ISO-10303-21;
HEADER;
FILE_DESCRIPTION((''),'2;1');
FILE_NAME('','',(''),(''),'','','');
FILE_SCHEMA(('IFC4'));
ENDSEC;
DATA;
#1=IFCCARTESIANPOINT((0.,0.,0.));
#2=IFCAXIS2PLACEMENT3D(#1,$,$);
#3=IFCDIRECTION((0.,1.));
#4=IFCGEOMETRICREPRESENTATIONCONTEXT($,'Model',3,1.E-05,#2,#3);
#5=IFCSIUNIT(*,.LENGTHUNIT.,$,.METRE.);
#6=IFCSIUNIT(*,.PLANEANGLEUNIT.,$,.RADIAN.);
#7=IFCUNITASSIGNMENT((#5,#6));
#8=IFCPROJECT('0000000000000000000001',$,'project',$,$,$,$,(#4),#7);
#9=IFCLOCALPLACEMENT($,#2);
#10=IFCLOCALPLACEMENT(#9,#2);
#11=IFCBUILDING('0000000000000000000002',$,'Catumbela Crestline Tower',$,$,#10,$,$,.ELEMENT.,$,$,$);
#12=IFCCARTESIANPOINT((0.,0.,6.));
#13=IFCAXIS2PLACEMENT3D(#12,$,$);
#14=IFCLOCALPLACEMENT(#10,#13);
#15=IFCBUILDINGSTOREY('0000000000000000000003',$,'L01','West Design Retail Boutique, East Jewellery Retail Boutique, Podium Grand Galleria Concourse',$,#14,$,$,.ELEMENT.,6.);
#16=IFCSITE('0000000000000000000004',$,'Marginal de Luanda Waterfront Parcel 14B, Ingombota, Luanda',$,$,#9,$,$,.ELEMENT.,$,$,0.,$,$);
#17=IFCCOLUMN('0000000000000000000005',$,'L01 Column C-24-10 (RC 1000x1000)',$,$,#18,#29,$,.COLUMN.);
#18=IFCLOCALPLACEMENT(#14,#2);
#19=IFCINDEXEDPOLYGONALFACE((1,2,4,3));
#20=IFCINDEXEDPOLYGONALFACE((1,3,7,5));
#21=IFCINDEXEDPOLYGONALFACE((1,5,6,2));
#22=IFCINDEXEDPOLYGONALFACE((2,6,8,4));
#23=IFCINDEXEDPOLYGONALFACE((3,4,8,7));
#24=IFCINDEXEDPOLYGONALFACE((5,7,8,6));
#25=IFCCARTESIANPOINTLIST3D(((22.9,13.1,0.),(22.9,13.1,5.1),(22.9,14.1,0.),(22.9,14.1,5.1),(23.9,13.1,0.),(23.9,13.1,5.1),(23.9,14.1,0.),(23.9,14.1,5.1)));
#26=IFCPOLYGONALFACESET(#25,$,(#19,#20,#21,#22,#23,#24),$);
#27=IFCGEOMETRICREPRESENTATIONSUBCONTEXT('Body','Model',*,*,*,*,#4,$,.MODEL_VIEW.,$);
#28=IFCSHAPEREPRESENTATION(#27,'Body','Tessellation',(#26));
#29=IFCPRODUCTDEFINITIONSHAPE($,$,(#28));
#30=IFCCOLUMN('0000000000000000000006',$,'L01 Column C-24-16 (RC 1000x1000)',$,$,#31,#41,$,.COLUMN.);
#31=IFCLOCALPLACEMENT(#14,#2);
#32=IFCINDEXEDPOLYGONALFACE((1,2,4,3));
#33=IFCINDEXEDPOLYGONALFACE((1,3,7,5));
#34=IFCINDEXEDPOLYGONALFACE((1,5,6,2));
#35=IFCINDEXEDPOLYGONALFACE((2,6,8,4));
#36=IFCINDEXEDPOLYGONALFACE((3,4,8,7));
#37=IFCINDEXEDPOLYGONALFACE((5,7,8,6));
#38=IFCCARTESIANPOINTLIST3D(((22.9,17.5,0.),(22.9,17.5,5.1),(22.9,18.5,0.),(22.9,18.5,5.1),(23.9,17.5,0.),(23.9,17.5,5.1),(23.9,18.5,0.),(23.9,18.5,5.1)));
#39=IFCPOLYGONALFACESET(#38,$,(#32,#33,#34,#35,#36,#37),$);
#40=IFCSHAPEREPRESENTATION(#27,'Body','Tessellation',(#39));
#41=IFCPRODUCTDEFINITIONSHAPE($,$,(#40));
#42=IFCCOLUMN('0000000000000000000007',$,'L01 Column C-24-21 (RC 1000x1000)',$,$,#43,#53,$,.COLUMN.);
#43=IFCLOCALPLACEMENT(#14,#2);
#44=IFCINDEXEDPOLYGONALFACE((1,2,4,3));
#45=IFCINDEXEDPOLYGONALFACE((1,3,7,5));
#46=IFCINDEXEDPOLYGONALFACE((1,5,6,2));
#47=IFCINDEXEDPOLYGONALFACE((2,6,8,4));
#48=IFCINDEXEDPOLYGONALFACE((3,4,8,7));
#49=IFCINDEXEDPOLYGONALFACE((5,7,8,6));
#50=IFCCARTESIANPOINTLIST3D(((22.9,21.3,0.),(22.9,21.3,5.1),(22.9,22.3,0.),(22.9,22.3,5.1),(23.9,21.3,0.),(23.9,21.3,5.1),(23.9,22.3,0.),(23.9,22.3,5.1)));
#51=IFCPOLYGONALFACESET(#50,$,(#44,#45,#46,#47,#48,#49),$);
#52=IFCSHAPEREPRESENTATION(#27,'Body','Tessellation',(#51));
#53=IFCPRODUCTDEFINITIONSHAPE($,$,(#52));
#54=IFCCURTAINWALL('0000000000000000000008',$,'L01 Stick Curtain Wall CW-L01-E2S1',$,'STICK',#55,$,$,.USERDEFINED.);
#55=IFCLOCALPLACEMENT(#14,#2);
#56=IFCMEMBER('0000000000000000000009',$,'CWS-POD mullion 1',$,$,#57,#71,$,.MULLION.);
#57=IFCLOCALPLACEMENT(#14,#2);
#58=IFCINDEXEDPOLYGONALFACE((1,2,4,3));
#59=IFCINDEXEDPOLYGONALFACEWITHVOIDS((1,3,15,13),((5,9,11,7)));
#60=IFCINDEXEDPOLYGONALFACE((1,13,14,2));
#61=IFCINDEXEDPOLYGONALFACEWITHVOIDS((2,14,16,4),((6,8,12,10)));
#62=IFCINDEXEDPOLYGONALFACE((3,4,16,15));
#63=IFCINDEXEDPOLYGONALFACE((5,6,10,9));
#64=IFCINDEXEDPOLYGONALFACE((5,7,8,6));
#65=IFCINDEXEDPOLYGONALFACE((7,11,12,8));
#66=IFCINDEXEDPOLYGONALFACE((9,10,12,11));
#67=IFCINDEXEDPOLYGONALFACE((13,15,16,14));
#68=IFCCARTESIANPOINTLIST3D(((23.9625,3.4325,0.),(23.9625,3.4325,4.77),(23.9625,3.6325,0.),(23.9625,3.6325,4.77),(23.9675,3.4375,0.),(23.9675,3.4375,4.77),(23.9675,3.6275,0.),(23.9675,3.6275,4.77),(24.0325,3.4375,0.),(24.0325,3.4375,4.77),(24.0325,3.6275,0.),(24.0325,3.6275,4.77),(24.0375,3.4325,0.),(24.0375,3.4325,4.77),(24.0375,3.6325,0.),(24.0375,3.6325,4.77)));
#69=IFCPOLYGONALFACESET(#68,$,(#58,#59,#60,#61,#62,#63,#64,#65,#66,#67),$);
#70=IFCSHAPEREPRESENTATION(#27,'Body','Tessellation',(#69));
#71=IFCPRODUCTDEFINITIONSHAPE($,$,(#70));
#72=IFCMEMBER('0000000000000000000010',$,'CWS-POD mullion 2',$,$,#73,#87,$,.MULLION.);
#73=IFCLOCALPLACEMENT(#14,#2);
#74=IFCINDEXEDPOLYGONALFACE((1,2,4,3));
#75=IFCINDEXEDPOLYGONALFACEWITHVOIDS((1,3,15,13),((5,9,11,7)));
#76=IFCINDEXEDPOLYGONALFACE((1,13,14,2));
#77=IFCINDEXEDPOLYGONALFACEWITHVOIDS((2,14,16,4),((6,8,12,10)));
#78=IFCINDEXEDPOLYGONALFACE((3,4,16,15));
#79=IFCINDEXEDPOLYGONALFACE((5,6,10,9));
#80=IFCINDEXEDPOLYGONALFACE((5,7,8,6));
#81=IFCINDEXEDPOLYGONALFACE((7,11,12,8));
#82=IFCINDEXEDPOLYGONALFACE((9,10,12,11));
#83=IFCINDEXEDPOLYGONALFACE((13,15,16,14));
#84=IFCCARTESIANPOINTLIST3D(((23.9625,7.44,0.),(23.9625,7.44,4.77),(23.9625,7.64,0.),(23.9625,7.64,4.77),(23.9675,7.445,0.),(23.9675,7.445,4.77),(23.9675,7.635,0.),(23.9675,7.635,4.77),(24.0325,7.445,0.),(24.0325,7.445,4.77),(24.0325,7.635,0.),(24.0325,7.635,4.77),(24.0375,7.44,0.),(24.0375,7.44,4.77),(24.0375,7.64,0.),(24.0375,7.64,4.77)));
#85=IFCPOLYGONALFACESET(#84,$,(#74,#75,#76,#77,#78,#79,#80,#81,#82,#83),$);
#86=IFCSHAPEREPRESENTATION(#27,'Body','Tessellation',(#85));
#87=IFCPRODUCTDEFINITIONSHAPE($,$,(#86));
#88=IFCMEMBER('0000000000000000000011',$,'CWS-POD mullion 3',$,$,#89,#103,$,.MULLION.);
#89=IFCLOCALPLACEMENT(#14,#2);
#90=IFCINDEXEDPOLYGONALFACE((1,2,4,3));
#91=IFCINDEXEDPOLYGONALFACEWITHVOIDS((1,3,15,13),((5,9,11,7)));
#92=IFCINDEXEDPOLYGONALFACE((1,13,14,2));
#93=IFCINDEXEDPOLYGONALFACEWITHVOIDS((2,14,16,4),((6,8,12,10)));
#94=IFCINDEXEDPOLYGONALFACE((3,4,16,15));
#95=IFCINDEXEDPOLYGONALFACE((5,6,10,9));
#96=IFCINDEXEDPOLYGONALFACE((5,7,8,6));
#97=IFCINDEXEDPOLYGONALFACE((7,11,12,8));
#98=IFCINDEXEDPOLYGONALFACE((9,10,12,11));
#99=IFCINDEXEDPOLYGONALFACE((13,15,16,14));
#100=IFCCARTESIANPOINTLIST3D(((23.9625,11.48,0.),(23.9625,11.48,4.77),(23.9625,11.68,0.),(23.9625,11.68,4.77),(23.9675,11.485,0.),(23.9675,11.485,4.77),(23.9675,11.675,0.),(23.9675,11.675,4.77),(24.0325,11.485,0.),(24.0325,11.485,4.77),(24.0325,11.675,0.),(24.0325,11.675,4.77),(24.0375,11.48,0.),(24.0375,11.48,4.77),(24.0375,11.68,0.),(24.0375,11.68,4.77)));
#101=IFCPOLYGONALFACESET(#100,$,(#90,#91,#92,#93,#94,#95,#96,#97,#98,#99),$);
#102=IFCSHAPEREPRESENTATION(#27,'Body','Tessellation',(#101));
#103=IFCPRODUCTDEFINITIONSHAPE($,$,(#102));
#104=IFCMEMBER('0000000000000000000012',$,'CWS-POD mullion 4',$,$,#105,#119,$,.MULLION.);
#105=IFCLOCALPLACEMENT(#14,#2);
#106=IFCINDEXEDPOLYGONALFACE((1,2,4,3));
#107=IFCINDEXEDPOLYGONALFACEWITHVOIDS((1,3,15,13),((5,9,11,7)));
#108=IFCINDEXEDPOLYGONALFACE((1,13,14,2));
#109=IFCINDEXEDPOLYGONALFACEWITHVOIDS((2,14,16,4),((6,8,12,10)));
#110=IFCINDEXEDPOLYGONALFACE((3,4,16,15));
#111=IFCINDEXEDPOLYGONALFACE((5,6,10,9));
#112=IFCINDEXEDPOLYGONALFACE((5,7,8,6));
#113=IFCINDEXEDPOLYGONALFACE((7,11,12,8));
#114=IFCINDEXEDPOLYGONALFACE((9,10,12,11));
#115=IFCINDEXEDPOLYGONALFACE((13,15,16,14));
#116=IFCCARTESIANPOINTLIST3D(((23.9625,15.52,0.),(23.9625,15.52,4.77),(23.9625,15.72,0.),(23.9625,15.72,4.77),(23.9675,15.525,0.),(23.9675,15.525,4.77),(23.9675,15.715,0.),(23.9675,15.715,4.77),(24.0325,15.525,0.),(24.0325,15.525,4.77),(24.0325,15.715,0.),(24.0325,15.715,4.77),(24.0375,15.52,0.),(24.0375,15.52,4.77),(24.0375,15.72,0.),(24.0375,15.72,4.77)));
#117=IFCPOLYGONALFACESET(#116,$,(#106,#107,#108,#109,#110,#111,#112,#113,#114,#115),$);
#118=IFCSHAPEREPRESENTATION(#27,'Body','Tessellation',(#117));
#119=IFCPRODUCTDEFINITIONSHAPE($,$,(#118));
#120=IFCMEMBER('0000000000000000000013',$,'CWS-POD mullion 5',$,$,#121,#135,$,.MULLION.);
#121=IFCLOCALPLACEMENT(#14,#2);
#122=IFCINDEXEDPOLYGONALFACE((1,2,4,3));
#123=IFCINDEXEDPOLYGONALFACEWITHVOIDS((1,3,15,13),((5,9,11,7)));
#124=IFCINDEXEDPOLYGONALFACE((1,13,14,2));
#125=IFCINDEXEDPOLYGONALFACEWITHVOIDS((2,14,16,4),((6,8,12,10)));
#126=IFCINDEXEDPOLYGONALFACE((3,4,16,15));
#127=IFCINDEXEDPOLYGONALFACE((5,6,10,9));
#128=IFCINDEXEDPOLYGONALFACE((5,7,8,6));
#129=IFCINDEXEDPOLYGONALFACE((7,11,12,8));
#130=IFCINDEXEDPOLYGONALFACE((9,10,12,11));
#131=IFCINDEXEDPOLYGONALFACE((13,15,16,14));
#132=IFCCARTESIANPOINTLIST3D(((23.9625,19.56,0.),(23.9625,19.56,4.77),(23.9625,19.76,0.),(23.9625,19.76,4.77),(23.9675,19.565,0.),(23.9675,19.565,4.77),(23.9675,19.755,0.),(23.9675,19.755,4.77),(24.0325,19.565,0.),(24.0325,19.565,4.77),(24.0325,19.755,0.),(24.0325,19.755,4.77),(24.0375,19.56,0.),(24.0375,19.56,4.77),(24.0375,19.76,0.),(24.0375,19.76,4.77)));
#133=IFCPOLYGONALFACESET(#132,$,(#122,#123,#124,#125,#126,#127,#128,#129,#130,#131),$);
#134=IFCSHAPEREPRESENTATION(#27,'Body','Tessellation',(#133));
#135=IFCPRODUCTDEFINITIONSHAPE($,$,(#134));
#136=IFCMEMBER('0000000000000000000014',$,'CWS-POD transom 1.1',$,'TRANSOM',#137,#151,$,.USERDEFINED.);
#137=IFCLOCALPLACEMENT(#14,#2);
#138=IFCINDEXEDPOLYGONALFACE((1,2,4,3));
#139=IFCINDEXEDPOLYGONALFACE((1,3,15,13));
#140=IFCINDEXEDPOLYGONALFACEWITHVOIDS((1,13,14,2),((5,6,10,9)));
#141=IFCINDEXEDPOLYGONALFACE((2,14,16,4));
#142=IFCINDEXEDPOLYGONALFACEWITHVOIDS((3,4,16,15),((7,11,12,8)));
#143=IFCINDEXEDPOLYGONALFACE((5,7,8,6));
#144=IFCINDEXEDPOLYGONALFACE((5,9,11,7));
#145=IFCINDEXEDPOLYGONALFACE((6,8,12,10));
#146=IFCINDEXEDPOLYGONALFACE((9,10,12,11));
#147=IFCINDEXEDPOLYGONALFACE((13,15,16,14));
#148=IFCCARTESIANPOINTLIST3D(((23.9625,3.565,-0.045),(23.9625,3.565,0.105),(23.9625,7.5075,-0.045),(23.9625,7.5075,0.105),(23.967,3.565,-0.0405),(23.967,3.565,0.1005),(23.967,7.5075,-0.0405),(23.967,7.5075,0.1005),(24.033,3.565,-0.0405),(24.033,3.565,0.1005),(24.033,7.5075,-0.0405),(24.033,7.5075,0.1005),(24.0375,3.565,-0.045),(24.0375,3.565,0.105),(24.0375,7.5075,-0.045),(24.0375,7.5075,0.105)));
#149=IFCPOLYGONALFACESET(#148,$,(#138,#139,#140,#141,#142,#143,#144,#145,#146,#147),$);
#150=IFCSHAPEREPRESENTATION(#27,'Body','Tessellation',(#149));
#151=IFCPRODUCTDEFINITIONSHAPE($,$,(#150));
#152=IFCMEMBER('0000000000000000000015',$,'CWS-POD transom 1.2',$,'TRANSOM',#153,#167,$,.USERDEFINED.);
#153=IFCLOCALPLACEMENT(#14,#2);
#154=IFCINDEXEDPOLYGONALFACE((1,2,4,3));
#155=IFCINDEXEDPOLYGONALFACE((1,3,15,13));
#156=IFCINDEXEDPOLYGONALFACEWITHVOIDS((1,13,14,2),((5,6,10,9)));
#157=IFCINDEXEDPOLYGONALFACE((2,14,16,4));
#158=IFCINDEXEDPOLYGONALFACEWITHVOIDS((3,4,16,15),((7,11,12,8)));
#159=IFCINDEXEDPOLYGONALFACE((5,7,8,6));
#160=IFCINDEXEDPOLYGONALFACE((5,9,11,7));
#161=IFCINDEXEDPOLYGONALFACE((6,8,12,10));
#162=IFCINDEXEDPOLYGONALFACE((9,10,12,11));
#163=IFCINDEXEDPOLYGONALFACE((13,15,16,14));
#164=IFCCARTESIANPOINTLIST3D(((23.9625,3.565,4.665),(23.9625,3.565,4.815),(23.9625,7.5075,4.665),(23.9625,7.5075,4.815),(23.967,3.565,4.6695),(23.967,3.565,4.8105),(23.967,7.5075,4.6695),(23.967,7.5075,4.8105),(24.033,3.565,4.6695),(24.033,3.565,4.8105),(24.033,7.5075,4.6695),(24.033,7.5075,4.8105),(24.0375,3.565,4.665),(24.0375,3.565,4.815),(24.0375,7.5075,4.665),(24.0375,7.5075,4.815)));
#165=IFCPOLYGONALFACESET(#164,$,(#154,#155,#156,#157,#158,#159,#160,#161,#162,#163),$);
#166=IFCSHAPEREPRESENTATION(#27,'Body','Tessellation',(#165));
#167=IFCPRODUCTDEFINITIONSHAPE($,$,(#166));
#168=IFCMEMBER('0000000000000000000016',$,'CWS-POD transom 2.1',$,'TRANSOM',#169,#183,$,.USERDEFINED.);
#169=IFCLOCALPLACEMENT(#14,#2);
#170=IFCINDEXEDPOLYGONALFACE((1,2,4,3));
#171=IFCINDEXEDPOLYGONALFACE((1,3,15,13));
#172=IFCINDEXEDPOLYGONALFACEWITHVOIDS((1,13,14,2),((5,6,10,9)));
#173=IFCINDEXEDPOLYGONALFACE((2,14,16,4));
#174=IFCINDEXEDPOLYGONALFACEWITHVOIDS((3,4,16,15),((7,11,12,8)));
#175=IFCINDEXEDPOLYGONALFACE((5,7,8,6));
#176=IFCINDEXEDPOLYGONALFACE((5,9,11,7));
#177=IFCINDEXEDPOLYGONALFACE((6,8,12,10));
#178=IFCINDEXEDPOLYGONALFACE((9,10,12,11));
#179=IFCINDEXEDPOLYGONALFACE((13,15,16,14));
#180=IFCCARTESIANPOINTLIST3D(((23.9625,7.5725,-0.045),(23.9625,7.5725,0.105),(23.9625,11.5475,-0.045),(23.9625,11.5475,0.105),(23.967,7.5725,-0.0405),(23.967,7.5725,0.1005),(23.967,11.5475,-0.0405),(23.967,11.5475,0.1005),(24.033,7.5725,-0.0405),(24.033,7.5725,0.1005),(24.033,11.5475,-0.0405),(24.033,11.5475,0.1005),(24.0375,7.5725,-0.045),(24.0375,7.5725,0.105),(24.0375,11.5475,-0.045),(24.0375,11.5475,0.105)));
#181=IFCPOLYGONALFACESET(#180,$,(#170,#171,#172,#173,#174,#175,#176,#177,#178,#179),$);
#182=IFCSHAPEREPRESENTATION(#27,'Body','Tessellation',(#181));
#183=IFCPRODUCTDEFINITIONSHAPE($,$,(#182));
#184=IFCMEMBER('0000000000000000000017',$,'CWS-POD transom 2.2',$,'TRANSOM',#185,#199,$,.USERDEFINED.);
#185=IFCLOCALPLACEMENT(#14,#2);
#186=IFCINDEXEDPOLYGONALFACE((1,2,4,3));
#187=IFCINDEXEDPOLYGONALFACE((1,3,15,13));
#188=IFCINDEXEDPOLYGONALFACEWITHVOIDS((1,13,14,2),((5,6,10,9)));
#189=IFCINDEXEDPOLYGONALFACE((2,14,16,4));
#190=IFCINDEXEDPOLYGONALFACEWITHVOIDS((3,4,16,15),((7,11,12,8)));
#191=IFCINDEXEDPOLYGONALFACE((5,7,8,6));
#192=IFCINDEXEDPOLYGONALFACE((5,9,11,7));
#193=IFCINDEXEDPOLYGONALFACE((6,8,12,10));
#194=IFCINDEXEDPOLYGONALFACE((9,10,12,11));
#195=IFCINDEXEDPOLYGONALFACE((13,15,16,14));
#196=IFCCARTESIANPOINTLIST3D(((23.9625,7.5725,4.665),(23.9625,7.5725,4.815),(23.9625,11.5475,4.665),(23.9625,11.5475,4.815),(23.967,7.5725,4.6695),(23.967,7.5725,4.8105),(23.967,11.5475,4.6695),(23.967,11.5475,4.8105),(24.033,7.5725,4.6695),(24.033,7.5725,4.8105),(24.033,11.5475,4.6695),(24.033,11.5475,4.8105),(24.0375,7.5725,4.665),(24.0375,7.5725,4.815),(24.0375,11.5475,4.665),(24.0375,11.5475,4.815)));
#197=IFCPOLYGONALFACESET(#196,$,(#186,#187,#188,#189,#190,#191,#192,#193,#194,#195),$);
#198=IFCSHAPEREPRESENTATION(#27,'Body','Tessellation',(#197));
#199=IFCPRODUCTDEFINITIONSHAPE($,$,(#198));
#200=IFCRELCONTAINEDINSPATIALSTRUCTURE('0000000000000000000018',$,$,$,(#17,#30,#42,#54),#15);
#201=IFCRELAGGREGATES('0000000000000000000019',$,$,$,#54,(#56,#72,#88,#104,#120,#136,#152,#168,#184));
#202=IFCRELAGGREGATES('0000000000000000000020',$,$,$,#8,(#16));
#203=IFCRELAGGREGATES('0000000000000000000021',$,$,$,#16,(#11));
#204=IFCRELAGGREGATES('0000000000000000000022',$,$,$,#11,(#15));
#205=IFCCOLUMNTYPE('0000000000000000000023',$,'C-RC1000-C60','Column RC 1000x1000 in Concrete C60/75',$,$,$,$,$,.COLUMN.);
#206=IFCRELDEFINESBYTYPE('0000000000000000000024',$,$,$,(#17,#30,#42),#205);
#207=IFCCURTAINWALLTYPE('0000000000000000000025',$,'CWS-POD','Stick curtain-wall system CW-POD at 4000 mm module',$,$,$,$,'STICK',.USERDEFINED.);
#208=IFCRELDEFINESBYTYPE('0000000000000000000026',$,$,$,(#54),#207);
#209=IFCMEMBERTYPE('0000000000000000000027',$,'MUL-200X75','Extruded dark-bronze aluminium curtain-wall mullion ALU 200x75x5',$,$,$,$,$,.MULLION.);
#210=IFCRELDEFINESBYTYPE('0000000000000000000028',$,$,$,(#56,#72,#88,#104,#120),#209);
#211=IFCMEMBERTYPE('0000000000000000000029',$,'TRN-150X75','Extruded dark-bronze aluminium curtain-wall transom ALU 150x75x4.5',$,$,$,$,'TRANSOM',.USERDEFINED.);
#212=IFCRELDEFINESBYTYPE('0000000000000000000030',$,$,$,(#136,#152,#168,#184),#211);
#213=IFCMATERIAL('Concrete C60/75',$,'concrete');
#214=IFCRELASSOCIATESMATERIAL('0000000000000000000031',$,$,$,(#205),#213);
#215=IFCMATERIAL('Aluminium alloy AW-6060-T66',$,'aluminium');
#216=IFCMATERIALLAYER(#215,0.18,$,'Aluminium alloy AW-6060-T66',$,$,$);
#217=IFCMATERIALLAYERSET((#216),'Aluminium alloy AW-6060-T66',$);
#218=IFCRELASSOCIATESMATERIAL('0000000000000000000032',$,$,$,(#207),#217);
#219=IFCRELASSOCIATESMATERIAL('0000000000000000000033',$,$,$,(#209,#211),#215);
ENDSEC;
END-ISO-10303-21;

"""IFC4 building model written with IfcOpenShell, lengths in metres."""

from ifc_helpers import new_model, si_unit, direction, frame, origin, origin_2d, place, context, subcontext, project, spatial, rectangle, hollow_rectangle, extrude, material, layer, layer_set, material_profile, profile_set, type_object, element, aggregate, save


model = new_model("IFC4")

# Units and contexts
model_context = context("Model", 3, precision=1e-05, world=origin(), true_north=direction((0.0, 1.0)))
body_context = subcontext(model_context, "Body", "Model", "MODEL_VIEW")
ifc_project = project(units=[si_unit("LENGTHUNIT", "METRE"), si_unit("PLANEANGLEUNIT", "RADIAN")], contexts=[model_context])

# Site, building, storey
site_placement = place(None, origin())
site = spatial("IfcSite", under=ifc_project, at=site_placement, Name="Marginal de Luanda Waterfront Parcel 14B, Ingombota, Luanda", CompositionType="ELEMENT", RefElevation=0.0)
building_placement = place(site_placement, origin())
building = spatial("IfcBuilding", under=site, at=building_placement, Name="Catumbela Crestline Tower", CompositionType="ELEMENT")
storey_placement = place(building_placement, frame((0.0, 0.0, 6.0)))
storey = spatial("IfcBuildingStorey", under=building, at=storey_placement, Name="L01", Description="West Design Retail Boutique, East Jewellery Retail Boutique, Podium Grand Galleria Concourse", CompositionType="ELEMENT", Elevation=6.0)

# Columns
ifc_material_1 = material(Name="Concrete C60/75", Category="concrete")
ifc_material_profile_1 = material_profile(ifc_material_1, rectangle(XDim=1.0, YDim=1.0, at=origin_2d()), Name="RC 1000x1000")
ifc_profile_set_1 = profile_set([ifc_material_profile_1], Name="Concrete C60/75")
column_type = type_object("IfcColumnType", Name="C-RC1000-C60", Description="Column RC 1000x1000 in Concrete C60/75", PredefinedType="COLUMN", material=ifc_profile_set_1)
for number, where, z_axis, x_axis, name in (
    (1, (23.4, 13.6, 0.0), (0.0, 0.0, 1.0), (1.0, 0.0, 0.0), "L01 Column C-24-10 (RC 1000x1000)"),
    (2, (23.4, 18.0, 0.0), (0.0, 0.0, 1.0), (1.0, 0.0, 0.0), "L01 Column C-24-16 (RC 1000x1000)"),
    (3, (23.4, 21.8, 0.0), (0.0, 0.0, 1.0), (1.0, 0.0, 0.0), "L01 Column C-24-21 (RC 1000x1000)"),
):
    element("IfcColumn", number, at=place(storey_placement, frame(where, z_axis=z_axis, x_axis=x_axis)), inside=storey, type_object=column_type, Name=name, PredefinedType="COLUMN", context=body_context, shape_type="SweptSolid", body=[
        extrude(rectangle(XDim=1.0, YDim=1.0, at=origin_2d()), origin(), (0.0, 0.0, 1.0), 5.1),
    ])

# Curtain wall, members
ifc_material_2 = material(Name="Aluminium alloy AW-6060-T66", Category="aluminium")
ifc_layer_1 = layer(ifc_material_2, 0.18, Name="Aluminium alloy AW-6060-T66")
ifc_layer_set_1 = layer_set([ifc_layer_1], Name="Aluminium alloy AW-6060-T66")
curtain_wall_type = type_object("IfcCurtainWallType", Name="CWS-POD", Description="Stick curtain-wall system CW-POD at 4000 mm module", ElementType="STICK", PredefinedType="USERDEFINED", material=ifc_layer_set_1)
curtain_wall_placement = place(storey_placement, origin())
curtain_wall = element("IfcCurtainWall", 4, at=curtain_wall_placement, inside=storey, type_object=curtain_wall_type, Name="L01 Stick Curtain Wall CW-L01-E2S1", ObjectType="STICK", PredefinedType="USERDEFINED")
ifc_material_profile_2 = material_profile(ifc_material_2, hollow_rectangle(XDim=0.075, YDim=0.2, WallThickness=0.005, at=origin_2d()), Name="ALU 200x75x5")
ifc_profile_set_2 = profile_set([ifc_material_profile_2], Name="Aluminium alloy AW-6060-T66")
member_type_1 = type_object("IfcMemberType", Name="MUL-200X75", Description="Extruded dark-bronze aluminium curtain-wall mullion ALU 200x75x5", PredefinedType="MULLION", material=ifc_profile_set_2)
member_1_placement = place(storey_placement, frame((24.0, 3.5325, 0.0), z_axis=(0.0, 0.0, 1.0), x_axis=(-1.0, 0.0, 0.0)))
member_1 = element("IfcMember", 5, at=member_1_placement, type_object=member_type_1, Name="CWS-POD mullion 1", PredefinedType="MULLION", context=body_context, shape_type="SweptSolid", body=[
    extrude(hollow_rectangle(XDim=0.075, YDim=0.2, WallThickness=0.005, at=origin_2d()), origin(), (0.0, 0.0, 1.0), 4.77),
])
member_2_placement = place(storey_placement, frame((24.0, 7.54, 0.0), z_axis=(0.0, 0.0, 1.0), x_axis=(-1.0, 0.0, 0.0)))
member_2 = element("IfcMember", 6, at=member_2_placement, type_object=member_type_1, Name="CWS-POD mullion 2", PredefinedType="MULLION", context=body_context, shape_type="SweptSolid", body=[
    extrude(hollow_rectangle(XDim=0.075, YDim=0.2, WallThickness=0.005, at=origin_2d()), origin(), (0.0, 0.0, 1.0), 4.77),
])
member_3_placement = place(storey_placement, frame((24.0, 11.58, 0.0), z_axis=(0.0, 0.0, 1.0), x_axis=(-1.0, 0.0, 0.0)))
member_3 = element("IfcMember", 7, at=member_3_placement, type_object=member_type_1, Name="CWS-POD mullion 3", PredefinedType="MULLION", context=body_context, shape_type="SweptSolid", body=[
    extrude(hollow_rectangle(XDim=0.075, YDim=0.2, WallThickness=0.005, at=origin_2d()), origin(), (0.0, 0.0, 1.0), 4.77),
])
member_4_placement = place(storey_placement, frame((24.0, 15.62, 0.0), z_axis=(0.0, 0.0, 1.0), x_axis=(-1.0, 0.0, 0.0)))
member_4 = element("IfcMember", 8, at=member_4_placement, type_object=member_type_1, Name="CWS-POD mullion 4", PredefinedType="MULLION", context=body_context, shape_type="SweptSolid", body=[
    extrude(hollow_rectangle(XDim=0.075, YDim=0.2, WallThickness=0.005, at=origin_2d()), origin(), (0.0, 0.0, 1.0), 4.77),
])
member_5_placement = place(storey_placement, frame((24.0, 19.66, 0.0), z_axis=(0.0, 0.0, 1.0), x_axis=(-1.0, 0.0, 0.0)))
member_5 = element("IfcMember", 9, at=member_5_placement, type_object=member_type_1, Name="CWS-POD mullion 5", PredefinedType="MULLION", context=body_context, shape_type="SweptSolid", body=[
    extrude(hollow_rectangle(XDim=0.075, YDim=0.2, WallThickness=0.005, at=origin_2d()), origin(), (0.0, 0.0, 1.0), 4.77),
])
ifc_material_profile_3 = material_profile(ifc_material_2, hollow_rectangle(XDim=0.075, YDim=0.15, WallThickness=0.0045, at=origin_2d()), Name="ALU 150x75x4.5")
ifc_profile_set_3 = profile_set([ifc_material_profile_3], Name="Aluminium alloy AW-6060-T66")
member_type_2 = type_object("IfcMemberType", Name="TRN-150X75", Description="Extruded dark-bronze aluminium curtain-wall transom ALU 150x75x4.5", ElementType="TRANSOM", PredefinedType="USERDEFINED", material=ifc_profile_set_3)
member_6_placement = place(storey_placement, frame((24.0, 3.565, 0.03), z_axis=(0.0, 1.0, 0.0), x_axis=(-1.0, 0.0, 0.0)))
member_6 = element("IfcMember", 10, at=member_6_placement, type_object=member_type_2, Name="CWS-POD transom 1.1", ObjectType="TRANSOM", PredefinedType="USERDEFINED", context=body_context, shape_type="SweptSolid", body=[
    extrude(hollow_rectangle(XDim=0.075, YDim=0.15, WallThickness=0.0045, at=origin_2d()), origin(), (0.0, 0.0, 1.0), 3.9425),
])
member_7_placement = place(storey_placement, frame((24.0, 3.565, 4.74), z_axis=(0.0, 1.0, 0.0), x_axis=(-1.0, 0.0, 0.0)))
member_7 = element("IfcMember", 11, at=member_7_placement, type_object=member_type_2, Name="CWS-POD transom 1.2", ObjectType="TRANSOM", PredefinedType="USERDEFINED", context=body_context, shape_type="SweptSolid", body=[
    extrude(hollow_rectangle(XDim=0.075, YDim=0.15, WallThickness=0.0045, at=origin_2d()), origin(), (0.0, 0.0, 1.0), 3.9425),
])
member_8_placement = place(storey_placement, frame((24.0, 7.5725, 0.03), z_axis=(0.0, 1.0, 0.0), x_axis=(-1.0, 0.0, 0.0)))
member_8 = element("IfcMember", 12, at=member_8_placement, type_object=member_type_2, Name="CWS-POD transom 2.1", ObjectType="TRANSOM", PredefinedType="USERDEFINED", context=body_context, shape_type="SweptSolid", body=[
    extrude(hollow_rectangle(XDim=0.075, YDim=0.15, WallThickness=0.0045, at=origin_2d()), origin(), (0.0, 0.0, 1.0), 3.975),
])
member_9_placement = place(storey_placement, frame((24.0, 7.5725, 4.74), z_axis=(0.0, 1.0, 0.0), x_axis=(-1.0, 0.0, 0.0)))
member_9 = element("IfcMember", 13, at=member_9_placement, type_object=member_type_2, Name="CWS-POD transom 2.2", ObjectType="TRANSOM", PredefinedType="USERDEFINED", context=body_context, shape_type="SweptSolid", body=[
    extrude(hollow_rectangle(XDim=0.075, YDim=0.15, WallThickness=0.0045, at=origin_2d()), origin(), (0.0, 0.0, 1.0), 3.975),
])
aggregate(curtain_wall, [member_1, member_2, member_3, member_4, member_5, member_6, member_7, member_8, member_9])

save(model, "model.ifc")
